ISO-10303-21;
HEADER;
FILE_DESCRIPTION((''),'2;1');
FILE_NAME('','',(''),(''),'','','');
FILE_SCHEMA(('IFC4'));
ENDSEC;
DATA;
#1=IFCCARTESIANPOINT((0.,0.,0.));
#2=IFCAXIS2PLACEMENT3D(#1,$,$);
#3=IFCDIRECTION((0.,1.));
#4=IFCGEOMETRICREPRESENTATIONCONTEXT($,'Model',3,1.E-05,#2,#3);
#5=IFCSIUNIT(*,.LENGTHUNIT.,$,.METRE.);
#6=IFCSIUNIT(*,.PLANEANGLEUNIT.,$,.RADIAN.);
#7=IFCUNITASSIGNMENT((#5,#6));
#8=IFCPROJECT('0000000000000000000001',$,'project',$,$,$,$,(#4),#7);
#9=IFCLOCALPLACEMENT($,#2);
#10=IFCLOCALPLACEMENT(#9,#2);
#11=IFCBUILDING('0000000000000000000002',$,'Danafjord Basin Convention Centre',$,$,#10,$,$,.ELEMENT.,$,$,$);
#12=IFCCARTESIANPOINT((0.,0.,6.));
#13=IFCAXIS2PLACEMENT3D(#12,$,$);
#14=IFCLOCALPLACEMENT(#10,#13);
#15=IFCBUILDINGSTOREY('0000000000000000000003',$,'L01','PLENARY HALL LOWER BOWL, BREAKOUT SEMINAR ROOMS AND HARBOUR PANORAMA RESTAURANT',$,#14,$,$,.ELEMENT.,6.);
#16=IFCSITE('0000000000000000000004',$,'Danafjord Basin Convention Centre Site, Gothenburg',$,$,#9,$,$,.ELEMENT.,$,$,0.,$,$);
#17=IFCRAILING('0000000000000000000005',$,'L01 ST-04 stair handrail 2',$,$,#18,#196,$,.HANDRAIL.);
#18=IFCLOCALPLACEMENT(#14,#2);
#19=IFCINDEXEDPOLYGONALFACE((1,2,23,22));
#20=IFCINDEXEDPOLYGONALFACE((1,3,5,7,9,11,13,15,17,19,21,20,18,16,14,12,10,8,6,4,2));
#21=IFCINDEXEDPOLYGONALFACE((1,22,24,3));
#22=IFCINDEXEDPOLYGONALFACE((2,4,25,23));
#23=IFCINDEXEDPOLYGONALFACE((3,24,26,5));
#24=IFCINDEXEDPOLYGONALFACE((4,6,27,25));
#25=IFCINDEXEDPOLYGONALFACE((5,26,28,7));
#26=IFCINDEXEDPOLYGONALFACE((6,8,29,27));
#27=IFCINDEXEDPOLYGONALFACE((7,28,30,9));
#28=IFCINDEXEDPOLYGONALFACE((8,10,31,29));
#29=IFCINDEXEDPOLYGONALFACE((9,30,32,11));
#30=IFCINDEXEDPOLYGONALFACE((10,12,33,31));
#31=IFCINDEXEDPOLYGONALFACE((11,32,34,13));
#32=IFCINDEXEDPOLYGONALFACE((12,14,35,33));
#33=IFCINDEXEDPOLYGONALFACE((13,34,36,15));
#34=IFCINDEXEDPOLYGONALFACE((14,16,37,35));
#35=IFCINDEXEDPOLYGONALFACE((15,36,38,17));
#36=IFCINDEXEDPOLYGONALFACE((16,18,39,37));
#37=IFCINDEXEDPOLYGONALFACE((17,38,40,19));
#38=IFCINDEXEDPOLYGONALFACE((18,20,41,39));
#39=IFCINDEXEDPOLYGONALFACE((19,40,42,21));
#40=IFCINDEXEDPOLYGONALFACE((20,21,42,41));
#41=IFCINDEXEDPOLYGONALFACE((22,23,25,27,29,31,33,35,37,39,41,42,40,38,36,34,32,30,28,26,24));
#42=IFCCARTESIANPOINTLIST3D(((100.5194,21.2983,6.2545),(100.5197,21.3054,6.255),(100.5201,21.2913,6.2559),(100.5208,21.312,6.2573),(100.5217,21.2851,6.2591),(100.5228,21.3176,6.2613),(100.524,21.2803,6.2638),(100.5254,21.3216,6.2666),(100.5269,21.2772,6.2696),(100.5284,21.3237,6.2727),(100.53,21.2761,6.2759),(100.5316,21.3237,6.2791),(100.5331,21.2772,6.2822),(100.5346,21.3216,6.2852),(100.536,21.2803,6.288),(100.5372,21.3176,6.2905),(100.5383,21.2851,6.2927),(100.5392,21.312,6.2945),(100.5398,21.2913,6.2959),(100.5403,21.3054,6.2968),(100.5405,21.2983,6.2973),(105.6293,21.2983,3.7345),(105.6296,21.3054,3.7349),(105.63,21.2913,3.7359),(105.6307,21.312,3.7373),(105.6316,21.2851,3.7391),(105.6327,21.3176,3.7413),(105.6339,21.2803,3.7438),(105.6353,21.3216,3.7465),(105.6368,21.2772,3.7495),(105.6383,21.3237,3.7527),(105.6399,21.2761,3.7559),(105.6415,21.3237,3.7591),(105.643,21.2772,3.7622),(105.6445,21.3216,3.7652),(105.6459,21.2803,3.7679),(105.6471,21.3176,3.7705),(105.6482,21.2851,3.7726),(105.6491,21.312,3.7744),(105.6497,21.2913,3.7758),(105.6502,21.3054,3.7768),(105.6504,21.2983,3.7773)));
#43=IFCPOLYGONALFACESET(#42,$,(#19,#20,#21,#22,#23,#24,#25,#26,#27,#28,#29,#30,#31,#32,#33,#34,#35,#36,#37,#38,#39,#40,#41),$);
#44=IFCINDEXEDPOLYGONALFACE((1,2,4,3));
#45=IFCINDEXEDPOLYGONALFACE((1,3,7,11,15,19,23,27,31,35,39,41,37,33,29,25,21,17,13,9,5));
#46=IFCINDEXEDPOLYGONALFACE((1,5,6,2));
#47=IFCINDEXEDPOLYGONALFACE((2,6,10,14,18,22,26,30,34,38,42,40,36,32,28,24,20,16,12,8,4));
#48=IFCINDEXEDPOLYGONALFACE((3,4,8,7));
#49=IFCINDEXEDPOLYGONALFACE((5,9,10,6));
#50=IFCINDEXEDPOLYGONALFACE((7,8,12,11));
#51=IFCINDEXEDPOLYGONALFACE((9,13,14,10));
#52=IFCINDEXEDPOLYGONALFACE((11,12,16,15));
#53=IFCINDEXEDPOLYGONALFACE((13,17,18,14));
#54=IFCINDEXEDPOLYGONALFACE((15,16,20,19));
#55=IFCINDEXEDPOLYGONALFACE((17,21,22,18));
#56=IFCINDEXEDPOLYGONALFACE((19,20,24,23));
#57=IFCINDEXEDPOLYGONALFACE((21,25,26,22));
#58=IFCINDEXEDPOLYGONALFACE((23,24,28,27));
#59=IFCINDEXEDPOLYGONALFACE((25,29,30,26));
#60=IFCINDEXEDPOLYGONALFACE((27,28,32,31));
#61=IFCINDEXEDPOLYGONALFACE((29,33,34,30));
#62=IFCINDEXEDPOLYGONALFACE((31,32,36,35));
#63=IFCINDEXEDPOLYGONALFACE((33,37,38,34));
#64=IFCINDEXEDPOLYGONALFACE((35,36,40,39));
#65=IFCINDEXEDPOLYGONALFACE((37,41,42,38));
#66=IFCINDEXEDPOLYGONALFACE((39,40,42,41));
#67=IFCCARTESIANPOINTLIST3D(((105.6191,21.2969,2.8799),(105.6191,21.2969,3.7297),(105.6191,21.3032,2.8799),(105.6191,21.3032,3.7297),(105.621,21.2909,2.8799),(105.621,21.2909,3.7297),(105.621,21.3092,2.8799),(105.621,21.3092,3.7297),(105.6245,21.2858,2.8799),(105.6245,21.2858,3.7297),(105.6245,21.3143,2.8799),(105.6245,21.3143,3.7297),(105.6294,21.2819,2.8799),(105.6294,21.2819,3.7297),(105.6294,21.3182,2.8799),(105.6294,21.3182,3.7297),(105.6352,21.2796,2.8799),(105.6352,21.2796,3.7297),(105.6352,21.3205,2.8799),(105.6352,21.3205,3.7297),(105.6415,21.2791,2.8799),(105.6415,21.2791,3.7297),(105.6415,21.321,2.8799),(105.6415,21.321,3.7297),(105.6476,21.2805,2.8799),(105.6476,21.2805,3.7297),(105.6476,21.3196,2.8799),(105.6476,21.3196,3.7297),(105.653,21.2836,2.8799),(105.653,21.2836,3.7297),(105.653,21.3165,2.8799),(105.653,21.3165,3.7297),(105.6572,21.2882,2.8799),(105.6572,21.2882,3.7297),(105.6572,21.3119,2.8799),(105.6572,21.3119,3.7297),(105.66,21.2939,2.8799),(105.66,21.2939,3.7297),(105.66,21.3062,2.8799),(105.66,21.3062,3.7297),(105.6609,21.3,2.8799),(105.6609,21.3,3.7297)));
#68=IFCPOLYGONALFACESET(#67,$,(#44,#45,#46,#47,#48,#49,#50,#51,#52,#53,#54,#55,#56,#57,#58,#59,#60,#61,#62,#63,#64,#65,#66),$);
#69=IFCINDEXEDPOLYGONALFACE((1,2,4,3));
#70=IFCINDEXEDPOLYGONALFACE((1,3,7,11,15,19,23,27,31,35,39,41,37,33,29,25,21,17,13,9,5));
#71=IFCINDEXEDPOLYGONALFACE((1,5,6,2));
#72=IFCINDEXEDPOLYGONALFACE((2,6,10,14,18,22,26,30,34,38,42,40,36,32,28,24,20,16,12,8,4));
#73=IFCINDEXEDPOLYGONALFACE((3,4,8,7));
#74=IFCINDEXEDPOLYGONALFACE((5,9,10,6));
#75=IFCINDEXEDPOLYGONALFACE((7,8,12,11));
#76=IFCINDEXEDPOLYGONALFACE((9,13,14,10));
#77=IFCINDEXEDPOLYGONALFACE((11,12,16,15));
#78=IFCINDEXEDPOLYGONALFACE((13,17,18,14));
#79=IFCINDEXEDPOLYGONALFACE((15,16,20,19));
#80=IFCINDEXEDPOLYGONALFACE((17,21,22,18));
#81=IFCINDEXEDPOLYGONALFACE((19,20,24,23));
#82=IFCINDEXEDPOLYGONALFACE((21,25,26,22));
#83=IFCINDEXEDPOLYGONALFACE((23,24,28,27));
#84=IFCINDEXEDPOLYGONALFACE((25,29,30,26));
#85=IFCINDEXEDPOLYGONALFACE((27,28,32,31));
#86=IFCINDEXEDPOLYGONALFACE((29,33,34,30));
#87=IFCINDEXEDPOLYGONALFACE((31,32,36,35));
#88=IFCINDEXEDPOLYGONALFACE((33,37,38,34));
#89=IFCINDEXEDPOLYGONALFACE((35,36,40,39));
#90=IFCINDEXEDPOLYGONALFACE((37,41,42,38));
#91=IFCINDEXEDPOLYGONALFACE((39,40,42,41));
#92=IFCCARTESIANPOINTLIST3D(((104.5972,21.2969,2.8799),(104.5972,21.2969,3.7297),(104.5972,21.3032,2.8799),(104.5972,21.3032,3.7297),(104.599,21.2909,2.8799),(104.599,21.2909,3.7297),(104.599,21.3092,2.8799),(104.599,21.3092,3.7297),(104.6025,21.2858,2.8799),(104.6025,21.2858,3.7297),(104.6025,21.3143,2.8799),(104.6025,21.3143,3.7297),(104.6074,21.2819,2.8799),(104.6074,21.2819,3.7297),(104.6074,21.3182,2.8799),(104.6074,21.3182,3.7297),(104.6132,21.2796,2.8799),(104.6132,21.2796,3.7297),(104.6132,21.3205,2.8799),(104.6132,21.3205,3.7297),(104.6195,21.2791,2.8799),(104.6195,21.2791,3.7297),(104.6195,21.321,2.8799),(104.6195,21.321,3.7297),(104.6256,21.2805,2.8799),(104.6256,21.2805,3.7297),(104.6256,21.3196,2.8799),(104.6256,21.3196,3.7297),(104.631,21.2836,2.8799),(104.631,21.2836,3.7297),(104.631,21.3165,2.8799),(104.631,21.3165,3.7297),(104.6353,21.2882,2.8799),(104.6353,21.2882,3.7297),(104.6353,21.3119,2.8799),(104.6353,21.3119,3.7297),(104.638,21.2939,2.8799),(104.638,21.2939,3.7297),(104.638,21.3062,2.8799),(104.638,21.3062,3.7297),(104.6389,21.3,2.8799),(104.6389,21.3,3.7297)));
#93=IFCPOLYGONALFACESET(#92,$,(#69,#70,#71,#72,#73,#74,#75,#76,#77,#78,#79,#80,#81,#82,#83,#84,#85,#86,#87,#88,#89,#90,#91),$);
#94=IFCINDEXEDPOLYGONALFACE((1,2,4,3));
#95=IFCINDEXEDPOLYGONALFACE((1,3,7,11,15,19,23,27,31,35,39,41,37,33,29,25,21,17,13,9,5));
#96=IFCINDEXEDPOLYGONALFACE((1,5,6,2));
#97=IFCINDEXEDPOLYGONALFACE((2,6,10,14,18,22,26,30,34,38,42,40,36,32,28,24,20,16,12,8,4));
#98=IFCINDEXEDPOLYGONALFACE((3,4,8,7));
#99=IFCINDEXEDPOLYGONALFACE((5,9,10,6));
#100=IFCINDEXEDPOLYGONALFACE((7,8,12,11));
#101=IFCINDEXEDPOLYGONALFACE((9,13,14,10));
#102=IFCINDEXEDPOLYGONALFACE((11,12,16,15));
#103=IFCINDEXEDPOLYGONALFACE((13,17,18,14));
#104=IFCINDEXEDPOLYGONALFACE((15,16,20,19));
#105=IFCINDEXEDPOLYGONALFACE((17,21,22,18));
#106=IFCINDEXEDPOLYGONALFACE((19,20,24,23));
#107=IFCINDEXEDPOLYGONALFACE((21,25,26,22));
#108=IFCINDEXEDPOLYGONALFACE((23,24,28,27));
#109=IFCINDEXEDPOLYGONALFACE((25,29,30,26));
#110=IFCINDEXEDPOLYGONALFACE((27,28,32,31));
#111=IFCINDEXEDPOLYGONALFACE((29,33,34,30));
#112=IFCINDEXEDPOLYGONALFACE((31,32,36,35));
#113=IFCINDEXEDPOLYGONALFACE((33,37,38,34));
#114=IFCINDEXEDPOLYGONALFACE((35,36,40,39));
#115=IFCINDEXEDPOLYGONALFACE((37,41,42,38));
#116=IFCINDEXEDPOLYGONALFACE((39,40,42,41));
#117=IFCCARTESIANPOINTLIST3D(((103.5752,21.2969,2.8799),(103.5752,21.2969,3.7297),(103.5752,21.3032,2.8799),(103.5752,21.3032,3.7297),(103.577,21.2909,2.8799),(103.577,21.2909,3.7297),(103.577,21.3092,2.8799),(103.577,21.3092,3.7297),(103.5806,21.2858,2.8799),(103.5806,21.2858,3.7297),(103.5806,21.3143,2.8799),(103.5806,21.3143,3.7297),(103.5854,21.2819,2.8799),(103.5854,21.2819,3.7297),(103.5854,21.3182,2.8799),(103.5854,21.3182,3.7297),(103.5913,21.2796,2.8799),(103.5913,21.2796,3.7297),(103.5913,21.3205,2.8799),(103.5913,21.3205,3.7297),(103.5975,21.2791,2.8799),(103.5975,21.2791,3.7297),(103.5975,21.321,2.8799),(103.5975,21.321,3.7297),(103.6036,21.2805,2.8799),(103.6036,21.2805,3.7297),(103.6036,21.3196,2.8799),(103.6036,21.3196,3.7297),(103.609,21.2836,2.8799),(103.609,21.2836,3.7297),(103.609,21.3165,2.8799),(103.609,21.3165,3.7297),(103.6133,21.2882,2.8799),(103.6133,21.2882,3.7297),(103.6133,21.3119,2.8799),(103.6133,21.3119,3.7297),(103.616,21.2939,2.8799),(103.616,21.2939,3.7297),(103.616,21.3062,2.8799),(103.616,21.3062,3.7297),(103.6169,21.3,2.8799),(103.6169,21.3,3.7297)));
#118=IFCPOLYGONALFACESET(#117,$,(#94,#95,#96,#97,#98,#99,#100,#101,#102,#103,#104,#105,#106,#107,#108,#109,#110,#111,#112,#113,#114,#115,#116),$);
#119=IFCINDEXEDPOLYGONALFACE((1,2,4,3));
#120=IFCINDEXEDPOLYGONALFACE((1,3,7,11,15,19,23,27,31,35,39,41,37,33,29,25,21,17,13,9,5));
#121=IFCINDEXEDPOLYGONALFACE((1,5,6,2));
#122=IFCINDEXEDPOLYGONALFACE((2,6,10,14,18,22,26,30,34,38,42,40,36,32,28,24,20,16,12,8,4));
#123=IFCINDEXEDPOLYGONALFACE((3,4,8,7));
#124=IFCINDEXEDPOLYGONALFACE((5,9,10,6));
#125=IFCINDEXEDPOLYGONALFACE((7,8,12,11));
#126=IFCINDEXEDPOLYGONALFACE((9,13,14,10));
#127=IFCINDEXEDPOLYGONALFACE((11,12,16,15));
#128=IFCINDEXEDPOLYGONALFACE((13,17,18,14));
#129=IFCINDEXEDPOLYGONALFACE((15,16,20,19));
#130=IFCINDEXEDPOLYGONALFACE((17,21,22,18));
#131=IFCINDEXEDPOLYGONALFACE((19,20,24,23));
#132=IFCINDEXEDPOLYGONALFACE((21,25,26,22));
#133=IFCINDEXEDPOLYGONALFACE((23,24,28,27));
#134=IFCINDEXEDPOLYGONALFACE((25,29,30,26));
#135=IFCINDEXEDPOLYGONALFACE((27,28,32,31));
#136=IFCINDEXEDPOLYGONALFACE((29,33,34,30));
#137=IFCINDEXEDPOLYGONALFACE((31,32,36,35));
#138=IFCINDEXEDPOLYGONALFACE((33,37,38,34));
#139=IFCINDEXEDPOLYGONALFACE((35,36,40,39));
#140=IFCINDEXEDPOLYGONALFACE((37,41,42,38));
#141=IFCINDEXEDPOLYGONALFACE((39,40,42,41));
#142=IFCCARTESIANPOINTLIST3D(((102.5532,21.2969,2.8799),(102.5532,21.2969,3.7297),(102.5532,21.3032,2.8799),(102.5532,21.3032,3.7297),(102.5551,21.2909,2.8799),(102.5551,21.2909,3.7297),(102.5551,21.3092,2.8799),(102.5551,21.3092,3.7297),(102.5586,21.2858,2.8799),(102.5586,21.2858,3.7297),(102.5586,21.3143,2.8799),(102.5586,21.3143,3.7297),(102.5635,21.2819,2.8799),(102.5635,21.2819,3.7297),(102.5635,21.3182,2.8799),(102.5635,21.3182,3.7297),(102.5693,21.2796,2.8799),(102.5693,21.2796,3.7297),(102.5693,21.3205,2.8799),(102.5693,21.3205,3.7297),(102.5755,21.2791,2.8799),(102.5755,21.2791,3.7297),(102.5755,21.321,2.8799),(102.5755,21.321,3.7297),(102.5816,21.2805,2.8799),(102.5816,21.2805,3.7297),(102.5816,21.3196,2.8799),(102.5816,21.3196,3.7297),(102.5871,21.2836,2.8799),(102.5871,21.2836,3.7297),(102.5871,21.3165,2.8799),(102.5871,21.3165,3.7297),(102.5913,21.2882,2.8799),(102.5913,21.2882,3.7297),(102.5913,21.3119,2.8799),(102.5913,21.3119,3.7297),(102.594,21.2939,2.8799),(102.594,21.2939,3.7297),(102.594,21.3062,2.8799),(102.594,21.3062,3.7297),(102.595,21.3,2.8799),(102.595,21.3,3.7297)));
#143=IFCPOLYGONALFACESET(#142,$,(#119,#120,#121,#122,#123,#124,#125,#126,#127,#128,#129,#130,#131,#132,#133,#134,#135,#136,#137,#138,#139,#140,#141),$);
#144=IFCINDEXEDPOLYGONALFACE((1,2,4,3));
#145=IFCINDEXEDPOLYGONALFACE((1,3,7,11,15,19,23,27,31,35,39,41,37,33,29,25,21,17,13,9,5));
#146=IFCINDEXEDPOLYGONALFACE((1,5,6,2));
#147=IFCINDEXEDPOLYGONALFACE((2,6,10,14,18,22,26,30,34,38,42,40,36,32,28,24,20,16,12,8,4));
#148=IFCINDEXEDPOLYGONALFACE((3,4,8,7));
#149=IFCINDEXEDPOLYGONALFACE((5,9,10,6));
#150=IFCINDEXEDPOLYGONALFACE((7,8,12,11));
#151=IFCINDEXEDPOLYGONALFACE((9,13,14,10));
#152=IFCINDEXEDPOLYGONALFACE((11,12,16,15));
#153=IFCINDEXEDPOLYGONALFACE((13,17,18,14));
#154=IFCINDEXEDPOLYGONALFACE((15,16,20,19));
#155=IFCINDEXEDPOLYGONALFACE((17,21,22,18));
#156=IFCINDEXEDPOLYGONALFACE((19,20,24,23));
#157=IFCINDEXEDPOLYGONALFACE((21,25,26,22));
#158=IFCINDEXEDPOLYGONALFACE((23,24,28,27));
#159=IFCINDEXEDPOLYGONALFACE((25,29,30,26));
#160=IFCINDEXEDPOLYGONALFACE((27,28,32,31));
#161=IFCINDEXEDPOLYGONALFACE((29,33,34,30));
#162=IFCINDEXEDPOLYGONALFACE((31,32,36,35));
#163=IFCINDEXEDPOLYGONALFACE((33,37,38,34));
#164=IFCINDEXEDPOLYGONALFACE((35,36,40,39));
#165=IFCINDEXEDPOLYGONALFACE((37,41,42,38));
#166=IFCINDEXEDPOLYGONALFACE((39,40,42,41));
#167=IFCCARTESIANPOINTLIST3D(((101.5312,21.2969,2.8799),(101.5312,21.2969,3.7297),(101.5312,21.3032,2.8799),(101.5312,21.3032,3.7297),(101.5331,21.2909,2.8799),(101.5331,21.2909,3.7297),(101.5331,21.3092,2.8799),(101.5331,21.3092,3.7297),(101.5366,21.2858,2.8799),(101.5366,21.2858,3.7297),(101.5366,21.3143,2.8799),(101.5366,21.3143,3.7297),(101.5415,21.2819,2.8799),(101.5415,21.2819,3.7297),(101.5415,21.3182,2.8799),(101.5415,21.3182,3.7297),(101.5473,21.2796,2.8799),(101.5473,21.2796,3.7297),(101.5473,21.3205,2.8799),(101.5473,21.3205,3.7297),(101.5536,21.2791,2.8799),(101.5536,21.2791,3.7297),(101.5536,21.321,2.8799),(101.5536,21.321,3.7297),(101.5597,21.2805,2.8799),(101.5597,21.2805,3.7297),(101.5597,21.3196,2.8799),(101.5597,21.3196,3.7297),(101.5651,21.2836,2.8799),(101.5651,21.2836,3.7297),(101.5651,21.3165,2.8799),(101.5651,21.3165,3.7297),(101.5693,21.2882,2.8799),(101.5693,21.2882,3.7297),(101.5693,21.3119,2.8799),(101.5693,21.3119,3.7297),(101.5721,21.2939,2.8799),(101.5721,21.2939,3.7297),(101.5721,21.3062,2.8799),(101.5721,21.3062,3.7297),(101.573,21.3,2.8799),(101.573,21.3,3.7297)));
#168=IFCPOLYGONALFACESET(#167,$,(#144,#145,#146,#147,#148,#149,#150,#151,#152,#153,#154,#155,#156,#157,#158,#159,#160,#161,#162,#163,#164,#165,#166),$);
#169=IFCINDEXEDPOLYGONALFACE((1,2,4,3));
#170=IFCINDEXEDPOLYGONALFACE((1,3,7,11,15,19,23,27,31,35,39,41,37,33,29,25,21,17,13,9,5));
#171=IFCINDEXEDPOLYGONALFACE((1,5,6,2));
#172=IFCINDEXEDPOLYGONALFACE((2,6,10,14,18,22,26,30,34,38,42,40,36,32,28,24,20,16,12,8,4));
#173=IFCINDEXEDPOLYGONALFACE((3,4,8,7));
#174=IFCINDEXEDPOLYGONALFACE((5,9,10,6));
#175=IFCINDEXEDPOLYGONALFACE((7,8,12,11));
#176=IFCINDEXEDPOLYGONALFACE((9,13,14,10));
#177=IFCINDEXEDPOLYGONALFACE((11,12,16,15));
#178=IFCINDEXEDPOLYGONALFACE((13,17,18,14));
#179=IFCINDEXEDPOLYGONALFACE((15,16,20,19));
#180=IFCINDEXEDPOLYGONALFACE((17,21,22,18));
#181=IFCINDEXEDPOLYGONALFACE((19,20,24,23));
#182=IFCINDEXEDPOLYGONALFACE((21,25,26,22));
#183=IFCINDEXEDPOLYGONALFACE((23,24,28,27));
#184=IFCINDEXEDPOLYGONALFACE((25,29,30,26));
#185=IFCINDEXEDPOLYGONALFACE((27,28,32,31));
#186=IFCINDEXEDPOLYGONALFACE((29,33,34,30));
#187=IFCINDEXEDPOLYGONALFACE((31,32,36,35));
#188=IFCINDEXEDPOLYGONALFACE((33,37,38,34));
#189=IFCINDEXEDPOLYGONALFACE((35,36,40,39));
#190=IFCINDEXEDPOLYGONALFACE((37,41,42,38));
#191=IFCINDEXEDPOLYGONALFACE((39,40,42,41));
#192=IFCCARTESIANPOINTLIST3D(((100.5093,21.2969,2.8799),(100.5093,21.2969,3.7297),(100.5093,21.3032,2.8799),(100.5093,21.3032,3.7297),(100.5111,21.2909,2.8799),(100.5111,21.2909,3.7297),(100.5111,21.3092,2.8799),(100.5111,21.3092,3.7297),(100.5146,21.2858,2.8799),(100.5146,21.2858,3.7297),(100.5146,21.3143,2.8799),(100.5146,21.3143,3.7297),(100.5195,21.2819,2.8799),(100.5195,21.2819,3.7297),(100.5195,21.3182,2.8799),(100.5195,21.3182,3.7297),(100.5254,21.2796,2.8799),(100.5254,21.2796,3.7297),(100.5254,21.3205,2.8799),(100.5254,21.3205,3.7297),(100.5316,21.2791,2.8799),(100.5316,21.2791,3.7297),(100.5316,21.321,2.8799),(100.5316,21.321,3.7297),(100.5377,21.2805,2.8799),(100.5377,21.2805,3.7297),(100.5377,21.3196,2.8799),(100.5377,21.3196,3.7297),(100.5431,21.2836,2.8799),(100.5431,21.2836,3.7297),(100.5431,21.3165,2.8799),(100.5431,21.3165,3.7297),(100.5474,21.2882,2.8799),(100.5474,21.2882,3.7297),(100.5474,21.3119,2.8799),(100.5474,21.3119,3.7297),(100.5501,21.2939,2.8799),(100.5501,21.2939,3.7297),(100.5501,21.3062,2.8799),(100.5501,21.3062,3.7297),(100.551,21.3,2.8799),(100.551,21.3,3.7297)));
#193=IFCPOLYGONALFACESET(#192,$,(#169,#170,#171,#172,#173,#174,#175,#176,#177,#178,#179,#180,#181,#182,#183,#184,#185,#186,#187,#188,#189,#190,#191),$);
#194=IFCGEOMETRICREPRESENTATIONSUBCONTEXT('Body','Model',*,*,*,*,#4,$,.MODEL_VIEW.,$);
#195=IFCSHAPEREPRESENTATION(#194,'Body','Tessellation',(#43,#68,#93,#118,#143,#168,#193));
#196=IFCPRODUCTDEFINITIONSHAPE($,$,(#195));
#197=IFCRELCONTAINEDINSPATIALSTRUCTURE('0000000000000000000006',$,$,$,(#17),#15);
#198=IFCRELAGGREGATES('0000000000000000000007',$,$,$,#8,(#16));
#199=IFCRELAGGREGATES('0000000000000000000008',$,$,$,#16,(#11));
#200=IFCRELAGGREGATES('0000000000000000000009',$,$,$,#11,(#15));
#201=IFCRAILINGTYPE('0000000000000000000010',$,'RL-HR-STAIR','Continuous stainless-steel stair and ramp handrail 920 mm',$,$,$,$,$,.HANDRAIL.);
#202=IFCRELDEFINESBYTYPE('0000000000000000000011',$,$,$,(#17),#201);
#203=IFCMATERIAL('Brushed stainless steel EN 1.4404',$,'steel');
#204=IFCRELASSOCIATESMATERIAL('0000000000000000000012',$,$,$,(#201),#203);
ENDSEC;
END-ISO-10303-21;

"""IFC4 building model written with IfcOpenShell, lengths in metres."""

from ifc_helpers import new_model, si_unit, direction, frame, origin, origin_2d, place, context, subcontext, project, spatial, circle, extrude, material, type_object, element, save


model = new_model("IFC4")

# Units and contexts
model_context = context("Model", 3, precision=1e-05, world=origin(), true_north=direction((0.0, 1.0)))
body_context = subcontext(model_context, "Body", "Model", "MODEL_VIEW")
ifc_project = project(units=[si_unit("LENGTHUNIT", "METRE"), si_unit("PLANEANGLEUNIT", "RADIAN")], contexts=[model_context])

# Site, building, storey
site_placement = place(None, origin())
site = spatial("IfcSite", under=ifc_project, at=site_placement, Name="Danafjord Basin Convention Centre Site, Gothenburg", CompositionType="ELEMENT", RefElevation=0.0)
building_placement = place(site_placement, origin())
building = spatial("IfcBuilding", under=site, at=building_placement, Name="Danafjord Basin Convention Centre", CompositionType="ELEMENT")
storey_placement = place(building_placement, frame((0.0, 0.0, 6.0)))
storey = spatial("IfcBuildingStorey", under=building, at=storey_placement, Name="L01", Description="PLENARY HALL LOWER BOWL, BREAKOUT SEMINAR ROOMS AND HARBOUR PANORAMA RESTAURANT", CompositionType="ELEMENT", Elevation=6.0)

# Railing
ifc_material_1 = material(Name="Brushed stainless steel EN 1.4404", Category="steel")
railing_type_1 = type_object("IfcRailingType", Name="RL-HR-STAIR", Description="Continuous stainless-steel stair and ramp handrail 920 mm", PredefinedType="HANDRAIL", material=ifc_material_1)
railing_1_placement = place(storey_placement, frame((105.6399, 21.3, 2.8799)))
element("IfcRailing", 1, at=railing_1_placement, inside=storey, type_object=railing_type_1, Name="L01 ST-04 stair handrail 2", PredefinedType="HANDRAIL", context=body_context, shape_type="SweptSolid", body=[
    extrude(circle(Radius=0.0239, at=origin_2d()), frame((0.0, 0.0, 0.876), z_axis=(-0.896865, 0.0, 0.442305), x_axis=(0.0, -1.0, 0.0)), (0.0, 0.0, 1.0), 5.6975),
    extrude(circle(Radius=0.021, at=origin_2d()), origin(), (0.0, 0.0, 1.0), 0.8499),
    extrude(circle(Radius=0.021, at=origin_2d()), frame((-1.022, 0.0, 0.0)), (0.0, 0.0, 1.0), 0.8499),
    extrude(circle(Radius=0.021, at=origin_2d()), frame((-2.0439, 0.0, 0.0)), (0.0, 0.0, 1.0), 0.8499),
    extrude(circle(Radius=0.021, at=origin_2d()), frame((-3.0659, 0.0, 0.0)), (0.0, 0.0, 1.0), 0.8499),
    extrude(circle(Radius=0.021, at=origin_2d()), frame((-4.0879, 0.0, 0.0)), (0.0, 0.0, 1.0), 0.8499),
    extrude(circle(Radius=0.021, at=origin_2d()), frame((-5.1099, 0.0, 0.0)), (0.0, 0.0, 1.0), 0.8499),
])

save(model, "model.ifc")
